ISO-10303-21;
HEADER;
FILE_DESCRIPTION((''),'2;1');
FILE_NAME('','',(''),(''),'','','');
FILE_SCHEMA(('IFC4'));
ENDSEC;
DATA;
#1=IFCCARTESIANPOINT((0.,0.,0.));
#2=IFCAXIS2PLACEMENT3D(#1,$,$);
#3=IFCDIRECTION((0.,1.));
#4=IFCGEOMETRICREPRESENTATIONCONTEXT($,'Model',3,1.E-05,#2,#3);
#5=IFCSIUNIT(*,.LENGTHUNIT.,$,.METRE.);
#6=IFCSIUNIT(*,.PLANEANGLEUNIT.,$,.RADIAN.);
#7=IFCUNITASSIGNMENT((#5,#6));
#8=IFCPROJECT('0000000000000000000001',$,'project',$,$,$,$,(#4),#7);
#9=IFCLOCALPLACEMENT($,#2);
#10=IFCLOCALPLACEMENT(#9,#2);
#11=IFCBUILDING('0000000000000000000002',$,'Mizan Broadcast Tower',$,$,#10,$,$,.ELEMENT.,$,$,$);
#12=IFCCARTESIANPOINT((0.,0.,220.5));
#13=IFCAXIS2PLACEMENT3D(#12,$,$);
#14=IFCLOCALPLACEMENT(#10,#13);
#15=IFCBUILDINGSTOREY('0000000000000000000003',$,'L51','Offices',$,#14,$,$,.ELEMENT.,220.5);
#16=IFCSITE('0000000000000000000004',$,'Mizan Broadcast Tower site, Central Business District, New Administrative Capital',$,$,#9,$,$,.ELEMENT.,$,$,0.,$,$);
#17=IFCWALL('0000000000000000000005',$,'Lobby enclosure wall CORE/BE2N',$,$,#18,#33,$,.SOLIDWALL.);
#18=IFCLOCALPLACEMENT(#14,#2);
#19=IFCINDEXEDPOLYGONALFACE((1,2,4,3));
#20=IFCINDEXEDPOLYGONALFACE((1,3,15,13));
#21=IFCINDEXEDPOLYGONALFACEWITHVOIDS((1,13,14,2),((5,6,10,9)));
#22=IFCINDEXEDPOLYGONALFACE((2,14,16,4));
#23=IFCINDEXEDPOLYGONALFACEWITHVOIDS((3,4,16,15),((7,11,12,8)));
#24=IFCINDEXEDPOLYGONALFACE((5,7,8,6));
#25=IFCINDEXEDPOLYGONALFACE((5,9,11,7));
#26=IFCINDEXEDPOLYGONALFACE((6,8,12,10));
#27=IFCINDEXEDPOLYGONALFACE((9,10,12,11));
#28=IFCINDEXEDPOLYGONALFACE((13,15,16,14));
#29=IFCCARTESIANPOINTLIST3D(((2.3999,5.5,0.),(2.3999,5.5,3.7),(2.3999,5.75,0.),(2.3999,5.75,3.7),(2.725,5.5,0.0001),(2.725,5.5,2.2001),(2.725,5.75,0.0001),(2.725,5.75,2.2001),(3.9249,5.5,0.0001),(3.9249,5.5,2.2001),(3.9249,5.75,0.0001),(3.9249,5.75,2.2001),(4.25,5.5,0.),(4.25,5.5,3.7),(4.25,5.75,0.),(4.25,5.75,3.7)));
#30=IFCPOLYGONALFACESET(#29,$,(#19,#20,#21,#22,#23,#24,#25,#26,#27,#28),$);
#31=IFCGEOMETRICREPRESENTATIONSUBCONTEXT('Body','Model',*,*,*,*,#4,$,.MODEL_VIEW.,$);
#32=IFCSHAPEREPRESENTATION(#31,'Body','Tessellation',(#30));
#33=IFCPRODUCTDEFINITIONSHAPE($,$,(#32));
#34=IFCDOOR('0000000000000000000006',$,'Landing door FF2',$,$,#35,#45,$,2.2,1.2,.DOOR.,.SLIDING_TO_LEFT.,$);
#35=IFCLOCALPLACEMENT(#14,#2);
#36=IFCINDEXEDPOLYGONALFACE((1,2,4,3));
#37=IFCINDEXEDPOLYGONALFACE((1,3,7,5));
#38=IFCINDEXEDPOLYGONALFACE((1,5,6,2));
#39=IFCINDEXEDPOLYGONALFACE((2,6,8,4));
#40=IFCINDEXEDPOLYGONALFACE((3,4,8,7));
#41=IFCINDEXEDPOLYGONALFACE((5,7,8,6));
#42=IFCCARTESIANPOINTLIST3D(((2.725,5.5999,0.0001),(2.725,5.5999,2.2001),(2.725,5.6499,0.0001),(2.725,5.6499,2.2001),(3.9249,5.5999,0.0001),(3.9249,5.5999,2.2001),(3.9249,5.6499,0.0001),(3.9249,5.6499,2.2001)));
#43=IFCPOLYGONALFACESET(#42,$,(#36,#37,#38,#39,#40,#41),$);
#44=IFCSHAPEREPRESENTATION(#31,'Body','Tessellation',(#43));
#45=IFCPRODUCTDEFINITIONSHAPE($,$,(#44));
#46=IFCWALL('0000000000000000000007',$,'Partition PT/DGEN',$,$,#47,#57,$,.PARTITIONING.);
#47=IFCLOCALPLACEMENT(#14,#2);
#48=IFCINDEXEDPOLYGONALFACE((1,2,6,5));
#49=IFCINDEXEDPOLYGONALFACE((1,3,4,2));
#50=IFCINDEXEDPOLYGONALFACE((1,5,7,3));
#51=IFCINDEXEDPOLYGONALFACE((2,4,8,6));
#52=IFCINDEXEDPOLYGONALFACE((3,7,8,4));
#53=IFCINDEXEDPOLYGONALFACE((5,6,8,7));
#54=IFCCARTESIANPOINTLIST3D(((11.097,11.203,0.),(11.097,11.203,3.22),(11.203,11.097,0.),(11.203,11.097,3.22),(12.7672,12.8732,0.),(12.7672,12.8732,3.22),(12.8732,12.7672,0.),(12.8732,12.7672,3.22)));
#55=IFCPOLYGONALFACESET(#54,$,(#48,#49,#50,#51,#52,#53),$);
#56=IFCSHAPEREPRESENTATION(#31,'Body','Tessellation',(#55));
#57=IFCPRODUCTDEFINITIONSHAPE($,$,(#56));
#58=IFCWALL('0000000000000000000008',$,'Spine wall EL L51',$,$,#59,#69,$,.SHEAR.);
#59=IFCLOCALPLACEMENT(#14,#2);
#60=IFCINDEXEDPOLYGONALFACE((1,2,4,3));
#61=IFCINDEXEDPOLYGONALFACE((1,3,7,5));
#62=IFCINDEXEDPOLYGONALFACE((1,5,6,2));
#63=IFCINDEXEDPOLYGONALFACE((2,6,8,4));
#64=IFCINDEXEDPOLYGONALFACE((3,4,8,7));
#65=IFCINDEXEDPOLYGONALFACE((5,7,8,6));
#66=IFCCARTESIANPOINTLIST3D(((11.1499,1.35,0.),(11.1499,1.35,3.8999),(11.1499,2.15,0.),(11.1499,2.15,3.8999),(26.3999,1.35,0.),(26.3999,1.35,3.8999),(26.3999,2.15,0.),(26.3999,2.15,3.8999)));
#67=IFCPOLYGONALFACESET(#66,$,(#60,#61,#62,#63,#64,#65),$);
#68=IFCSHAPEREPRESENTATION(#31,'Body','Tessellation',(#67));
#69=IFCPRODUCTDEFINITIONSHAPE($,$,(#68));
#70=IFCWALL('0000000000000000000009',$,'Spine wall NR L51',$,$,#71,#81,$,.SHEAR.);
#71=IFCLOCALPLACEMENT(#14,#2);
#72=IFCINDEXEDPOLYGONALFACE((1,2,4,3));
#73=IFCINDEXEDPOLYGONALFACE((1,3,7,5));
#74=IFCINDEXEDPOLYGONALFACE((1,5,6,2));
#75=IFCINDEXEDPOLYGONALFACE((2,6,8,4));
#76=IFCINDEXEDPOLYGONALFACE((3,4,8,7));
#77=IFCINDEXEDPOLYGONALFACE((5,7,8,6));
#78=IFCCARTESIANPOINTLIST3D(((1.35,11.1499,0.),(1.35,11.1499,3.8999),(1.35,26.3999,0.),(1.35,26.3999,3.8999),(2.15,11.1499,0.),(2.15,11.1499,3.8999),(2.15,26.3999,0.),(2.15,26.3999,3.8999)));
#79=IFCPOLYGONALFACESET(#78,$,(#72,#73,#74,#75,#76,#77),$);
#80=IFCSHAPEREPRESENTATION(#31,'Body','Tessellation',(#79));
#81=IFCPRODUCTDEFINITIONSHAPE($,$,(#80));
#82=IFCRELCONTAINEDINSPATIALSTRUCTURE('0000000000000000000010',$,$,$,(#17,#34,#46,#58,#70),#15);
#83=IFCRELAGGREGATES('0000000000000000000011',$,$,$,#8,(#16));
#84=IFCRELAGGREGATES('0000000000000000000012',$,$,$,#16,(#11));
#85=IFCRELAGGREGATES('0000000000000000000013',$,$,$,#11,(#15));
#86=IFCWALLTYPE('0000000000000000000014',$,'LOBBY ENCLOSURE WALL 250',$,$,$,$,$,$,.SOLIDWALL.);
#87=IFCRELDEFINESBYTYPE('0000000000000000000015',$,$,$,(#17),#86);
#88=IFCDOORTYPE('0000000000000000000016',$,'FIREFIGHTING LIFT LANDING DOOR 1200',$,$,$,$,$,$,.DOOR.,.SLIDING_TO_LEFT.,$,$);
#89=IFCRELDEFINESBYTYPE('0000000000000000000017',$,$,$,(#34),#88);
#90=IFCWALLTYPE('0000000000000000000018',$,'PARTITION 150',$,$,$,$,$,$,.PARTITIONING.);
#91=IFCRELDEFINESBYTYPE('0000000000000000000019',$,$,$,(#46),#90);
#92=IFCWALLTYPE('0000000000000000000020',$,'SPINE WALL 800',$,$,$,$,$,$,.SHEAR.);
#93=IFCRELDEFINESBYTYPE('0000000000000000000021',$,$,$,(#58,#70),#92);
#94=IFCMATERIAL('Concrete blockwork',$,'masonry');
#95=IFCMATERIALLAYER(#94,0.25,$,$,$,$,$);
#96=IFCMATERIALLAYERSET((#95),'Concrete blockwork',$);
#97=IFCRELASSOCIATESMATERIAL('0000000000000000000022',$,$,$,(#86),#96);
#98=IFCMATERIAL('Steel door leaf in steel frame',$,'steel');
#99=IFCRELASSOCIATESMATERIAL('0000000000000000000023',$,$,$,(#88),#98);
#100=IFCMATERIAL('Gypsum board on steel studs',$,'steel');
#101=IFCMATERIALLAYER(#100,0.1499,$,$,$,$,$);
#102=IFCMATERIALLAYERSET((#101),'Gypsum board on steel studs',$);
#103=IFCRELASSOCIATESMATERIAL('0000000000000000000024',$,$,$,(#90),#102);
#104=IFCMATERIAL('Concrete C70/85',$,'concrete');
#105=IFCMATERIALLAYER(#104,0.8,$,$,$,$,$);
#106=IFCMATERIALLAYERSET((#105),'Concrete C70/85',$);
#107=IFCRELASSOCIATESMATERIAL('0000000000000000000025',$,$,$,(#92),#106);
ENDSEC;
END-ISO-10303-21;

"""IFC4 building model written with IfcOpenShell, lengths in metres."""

from ifc_helpers import new_model, si_unit, direction, frame, frame_2d, origin, place, context, subcontext, project, spatial, rectangle, extrude, material, layer, layer_set, type_object, element, fill, save


model = new_model("IFC4")

# Units and contexts
model_context = context("Model", 3, precision=1e-05, world=origin(), true_north=direction((0.0, 1.0)))
body_context = subcontext(model_context, "Body", "Model", "MODEL_VIEW")
ifc_project = project(units=[si_unit("LENGTHUNIT", "METRE"), si_unit("PLANEANGLEUNIT", "RADIAN")], contexts=[model_context])

# Site, building, storey
site_placement = place(None, origin())
site = spatial("IfcSite", under=ifc_project, at=site_placement, Name="Mizan Broadcast Tower site, Central Business District, New Administrative Capital", CompositionType="ELEMENT", RefElevation=0.0)
building_placement = place(site_placement, origin())
building = spatial("IfcBuilding", under=site, at=building_placement, Name="Mizan Broadcast Tower", CompositionType="ELEMENT")
storey_placement = place(building_placement, frame((0.0, 0.0, 220.5)))
storey = spatial("IfcBuildingStorey", under=building, at=storey_placement, Name="L51", Description="Offices", CompositionType="ELEMENT", Elevation=220.5)

# Wall, opening, door
ifc_material_1 = material(Name="Concrete blockwork", Category="masonry")
ifc_layer_1 = layer(ifc_material_1, 0.25)
ifc_layer_set_1 = layer_set([ifc_layer_1], Name="Concrete blockwork")
wall_type_1 = type_object("IfcWallType", Name="LOBBY ENCLOSURE WALL 250", PredefinedType="SOLIDWALL", material=ifc_layer_set_1)
wall_1_placement = place(storey_placement, frame((2.3999, 5.625, 0.0), z_axis=(0.0, 0.0, 1.0), x_axis=(1.0, 0.0, 0.0)))
wall_1 = element("IfcWall", 1, at=wall_1_placement, inside=storey, type_object=wall_type_1, Name="Lobby enclosure wall CORE/BE2N", PredefinedType="SOLIDWALL", context=body_context, shape_type="SweptSolid", body=[
    extrude(rectangle(XDim=1.8501, YDim=0.25, at=frame_2d((0.925, 0.0))), origin(), (0.0, 0.0, 1.0), 3.7),
])
opening_1_placement = place(wall_1_placement, frame((0.325, 0.0, 0.0)))
opening_1 = element("IfcOpeningElement", 2, at=opening_1_placement, cuts=wall_1, PredefinedType="OPENING", context=body_context, shape_type="SweptSolid", body=[
    extrude(rectangle(XDim=1.2, YDim=2.2, at=frame_2d((0.6001, 1.1001))), frame((0.0, 0.135, 0.0), z_axis=(0.0, -1.0, 0.0), x_axis=(1.0, 0.0, 0.0)), (0.0, 0.0, 1.0), 0.27),
])
ifc_material_2 = material(Name="Steel door leaf in steel frame", Category="steel")
door_type_1 = type_object("IfcDoorType", Name="FIREFIGHTING LIFT LANDING DOOR 1200", OperationType="SLIDING_TO_LEFT", PredefinedType="DOOR", material=ifc_material_2)
door_1_placement = place(opening_1_placement, origin())
door_1 = element("IfcDoor", 3, at=door_1_placement, inside=storey, type_object=door_type_1, Name="Landing door FF2", OperationType="SLIDING_TO_LEFT", OverallHeight=2.2, OverallWidth=1.2, PredefinedType="DOOR", context=body_context, shape_type="SweptSolid", body=[
    extrude(rectangle(XDim=1.2, YDim=2.2, at=frame_2d((0.6001, 1.1001))), frame((0.0, 0.0249, 0.0), z_axis=(0.0, -1.0, 0.0), x_axis=(1.0, 0.0, 0.0)), (0.0, 0.0, 1.0), 0.05),
])
fill(opening_1, door_1)

# Walls
ifc_material_3 = material(Name="Gypsum board on steel studs", Category="steel")
ifc_layer_2 = layer(ifc_material_3, 0.1499)
ifc_layer_set_2 = layer_set([ifc_layer_2], Name="Gypsum board on steel studs")
wall_type_2 = type_object("IfcWallType", Name="PARTITION 150", PredefinedType="PARTITIONING", material=ifc_layer_set_2)
wall_2_placement = place(storey_placement, frame((11.1499, 11.1499, 0.0), z_axis=(0.0, 0.0, 1.0), x_axis=(0.707107, 0.707107, 0.0)))
element("IfcWall", 4, at=wall_2_placement, inside=storey, type_object=wall_type_2, Name="Partition PT/DGEN", PredefinedType="PARTITIONING", context=body_context, shape_type="SweptSolid", body=[
    extrude(rectangle(XDim=2.3621, YDim=0.1499, at=frame_2d((1.1812, 0.0))), origin(), (0.0, 0.0, 1.0), 3.22),
])
ifc_material_4 = material(Name="Concrete C70/85", Category="concrete")
ifc_layer_3 = layer(ifc_material_4, 0.8)
ifc_layer_set_3 = layer_set([ifc_layer_3], Name="Concrete C70/85")
wall_type_3 = type_object("IfcWallType", Name="SPINE WALL 800", PredefinedType="SHEAR", material=ifc_layer_set_3)
for number, where, z_axis, x_axis, name in (
    (5, (11.1499, 1.75, 0.0), (0.0, 0.0, 1.0), (1.0, 0.0, 0.0), "Spine wall EL L51"),
    (6, (1.75, 11.1499, 0.0), (0.0, 0.0, 1.0), (0.0, 1.0, 0.0), "Spine wall NR L51"),
):
    element("IfcWall", number, at=place(storey_placement, frame(where, z_axis=z_axis, x_axis=x_axis)), inside=storey, type_object=wall_type_3, Name=name, PredefinedType="SHEAR", context=body_context, shape_type="SweptSolid", body=[
        extrude(rectangle(XDim=15.25, YDim=0.8, at=frame_2d((7.625, 0.0))), origin(), (0.0, 0.0, 1.0), 3.8999),
    ])

save(model, "model.ifc")
